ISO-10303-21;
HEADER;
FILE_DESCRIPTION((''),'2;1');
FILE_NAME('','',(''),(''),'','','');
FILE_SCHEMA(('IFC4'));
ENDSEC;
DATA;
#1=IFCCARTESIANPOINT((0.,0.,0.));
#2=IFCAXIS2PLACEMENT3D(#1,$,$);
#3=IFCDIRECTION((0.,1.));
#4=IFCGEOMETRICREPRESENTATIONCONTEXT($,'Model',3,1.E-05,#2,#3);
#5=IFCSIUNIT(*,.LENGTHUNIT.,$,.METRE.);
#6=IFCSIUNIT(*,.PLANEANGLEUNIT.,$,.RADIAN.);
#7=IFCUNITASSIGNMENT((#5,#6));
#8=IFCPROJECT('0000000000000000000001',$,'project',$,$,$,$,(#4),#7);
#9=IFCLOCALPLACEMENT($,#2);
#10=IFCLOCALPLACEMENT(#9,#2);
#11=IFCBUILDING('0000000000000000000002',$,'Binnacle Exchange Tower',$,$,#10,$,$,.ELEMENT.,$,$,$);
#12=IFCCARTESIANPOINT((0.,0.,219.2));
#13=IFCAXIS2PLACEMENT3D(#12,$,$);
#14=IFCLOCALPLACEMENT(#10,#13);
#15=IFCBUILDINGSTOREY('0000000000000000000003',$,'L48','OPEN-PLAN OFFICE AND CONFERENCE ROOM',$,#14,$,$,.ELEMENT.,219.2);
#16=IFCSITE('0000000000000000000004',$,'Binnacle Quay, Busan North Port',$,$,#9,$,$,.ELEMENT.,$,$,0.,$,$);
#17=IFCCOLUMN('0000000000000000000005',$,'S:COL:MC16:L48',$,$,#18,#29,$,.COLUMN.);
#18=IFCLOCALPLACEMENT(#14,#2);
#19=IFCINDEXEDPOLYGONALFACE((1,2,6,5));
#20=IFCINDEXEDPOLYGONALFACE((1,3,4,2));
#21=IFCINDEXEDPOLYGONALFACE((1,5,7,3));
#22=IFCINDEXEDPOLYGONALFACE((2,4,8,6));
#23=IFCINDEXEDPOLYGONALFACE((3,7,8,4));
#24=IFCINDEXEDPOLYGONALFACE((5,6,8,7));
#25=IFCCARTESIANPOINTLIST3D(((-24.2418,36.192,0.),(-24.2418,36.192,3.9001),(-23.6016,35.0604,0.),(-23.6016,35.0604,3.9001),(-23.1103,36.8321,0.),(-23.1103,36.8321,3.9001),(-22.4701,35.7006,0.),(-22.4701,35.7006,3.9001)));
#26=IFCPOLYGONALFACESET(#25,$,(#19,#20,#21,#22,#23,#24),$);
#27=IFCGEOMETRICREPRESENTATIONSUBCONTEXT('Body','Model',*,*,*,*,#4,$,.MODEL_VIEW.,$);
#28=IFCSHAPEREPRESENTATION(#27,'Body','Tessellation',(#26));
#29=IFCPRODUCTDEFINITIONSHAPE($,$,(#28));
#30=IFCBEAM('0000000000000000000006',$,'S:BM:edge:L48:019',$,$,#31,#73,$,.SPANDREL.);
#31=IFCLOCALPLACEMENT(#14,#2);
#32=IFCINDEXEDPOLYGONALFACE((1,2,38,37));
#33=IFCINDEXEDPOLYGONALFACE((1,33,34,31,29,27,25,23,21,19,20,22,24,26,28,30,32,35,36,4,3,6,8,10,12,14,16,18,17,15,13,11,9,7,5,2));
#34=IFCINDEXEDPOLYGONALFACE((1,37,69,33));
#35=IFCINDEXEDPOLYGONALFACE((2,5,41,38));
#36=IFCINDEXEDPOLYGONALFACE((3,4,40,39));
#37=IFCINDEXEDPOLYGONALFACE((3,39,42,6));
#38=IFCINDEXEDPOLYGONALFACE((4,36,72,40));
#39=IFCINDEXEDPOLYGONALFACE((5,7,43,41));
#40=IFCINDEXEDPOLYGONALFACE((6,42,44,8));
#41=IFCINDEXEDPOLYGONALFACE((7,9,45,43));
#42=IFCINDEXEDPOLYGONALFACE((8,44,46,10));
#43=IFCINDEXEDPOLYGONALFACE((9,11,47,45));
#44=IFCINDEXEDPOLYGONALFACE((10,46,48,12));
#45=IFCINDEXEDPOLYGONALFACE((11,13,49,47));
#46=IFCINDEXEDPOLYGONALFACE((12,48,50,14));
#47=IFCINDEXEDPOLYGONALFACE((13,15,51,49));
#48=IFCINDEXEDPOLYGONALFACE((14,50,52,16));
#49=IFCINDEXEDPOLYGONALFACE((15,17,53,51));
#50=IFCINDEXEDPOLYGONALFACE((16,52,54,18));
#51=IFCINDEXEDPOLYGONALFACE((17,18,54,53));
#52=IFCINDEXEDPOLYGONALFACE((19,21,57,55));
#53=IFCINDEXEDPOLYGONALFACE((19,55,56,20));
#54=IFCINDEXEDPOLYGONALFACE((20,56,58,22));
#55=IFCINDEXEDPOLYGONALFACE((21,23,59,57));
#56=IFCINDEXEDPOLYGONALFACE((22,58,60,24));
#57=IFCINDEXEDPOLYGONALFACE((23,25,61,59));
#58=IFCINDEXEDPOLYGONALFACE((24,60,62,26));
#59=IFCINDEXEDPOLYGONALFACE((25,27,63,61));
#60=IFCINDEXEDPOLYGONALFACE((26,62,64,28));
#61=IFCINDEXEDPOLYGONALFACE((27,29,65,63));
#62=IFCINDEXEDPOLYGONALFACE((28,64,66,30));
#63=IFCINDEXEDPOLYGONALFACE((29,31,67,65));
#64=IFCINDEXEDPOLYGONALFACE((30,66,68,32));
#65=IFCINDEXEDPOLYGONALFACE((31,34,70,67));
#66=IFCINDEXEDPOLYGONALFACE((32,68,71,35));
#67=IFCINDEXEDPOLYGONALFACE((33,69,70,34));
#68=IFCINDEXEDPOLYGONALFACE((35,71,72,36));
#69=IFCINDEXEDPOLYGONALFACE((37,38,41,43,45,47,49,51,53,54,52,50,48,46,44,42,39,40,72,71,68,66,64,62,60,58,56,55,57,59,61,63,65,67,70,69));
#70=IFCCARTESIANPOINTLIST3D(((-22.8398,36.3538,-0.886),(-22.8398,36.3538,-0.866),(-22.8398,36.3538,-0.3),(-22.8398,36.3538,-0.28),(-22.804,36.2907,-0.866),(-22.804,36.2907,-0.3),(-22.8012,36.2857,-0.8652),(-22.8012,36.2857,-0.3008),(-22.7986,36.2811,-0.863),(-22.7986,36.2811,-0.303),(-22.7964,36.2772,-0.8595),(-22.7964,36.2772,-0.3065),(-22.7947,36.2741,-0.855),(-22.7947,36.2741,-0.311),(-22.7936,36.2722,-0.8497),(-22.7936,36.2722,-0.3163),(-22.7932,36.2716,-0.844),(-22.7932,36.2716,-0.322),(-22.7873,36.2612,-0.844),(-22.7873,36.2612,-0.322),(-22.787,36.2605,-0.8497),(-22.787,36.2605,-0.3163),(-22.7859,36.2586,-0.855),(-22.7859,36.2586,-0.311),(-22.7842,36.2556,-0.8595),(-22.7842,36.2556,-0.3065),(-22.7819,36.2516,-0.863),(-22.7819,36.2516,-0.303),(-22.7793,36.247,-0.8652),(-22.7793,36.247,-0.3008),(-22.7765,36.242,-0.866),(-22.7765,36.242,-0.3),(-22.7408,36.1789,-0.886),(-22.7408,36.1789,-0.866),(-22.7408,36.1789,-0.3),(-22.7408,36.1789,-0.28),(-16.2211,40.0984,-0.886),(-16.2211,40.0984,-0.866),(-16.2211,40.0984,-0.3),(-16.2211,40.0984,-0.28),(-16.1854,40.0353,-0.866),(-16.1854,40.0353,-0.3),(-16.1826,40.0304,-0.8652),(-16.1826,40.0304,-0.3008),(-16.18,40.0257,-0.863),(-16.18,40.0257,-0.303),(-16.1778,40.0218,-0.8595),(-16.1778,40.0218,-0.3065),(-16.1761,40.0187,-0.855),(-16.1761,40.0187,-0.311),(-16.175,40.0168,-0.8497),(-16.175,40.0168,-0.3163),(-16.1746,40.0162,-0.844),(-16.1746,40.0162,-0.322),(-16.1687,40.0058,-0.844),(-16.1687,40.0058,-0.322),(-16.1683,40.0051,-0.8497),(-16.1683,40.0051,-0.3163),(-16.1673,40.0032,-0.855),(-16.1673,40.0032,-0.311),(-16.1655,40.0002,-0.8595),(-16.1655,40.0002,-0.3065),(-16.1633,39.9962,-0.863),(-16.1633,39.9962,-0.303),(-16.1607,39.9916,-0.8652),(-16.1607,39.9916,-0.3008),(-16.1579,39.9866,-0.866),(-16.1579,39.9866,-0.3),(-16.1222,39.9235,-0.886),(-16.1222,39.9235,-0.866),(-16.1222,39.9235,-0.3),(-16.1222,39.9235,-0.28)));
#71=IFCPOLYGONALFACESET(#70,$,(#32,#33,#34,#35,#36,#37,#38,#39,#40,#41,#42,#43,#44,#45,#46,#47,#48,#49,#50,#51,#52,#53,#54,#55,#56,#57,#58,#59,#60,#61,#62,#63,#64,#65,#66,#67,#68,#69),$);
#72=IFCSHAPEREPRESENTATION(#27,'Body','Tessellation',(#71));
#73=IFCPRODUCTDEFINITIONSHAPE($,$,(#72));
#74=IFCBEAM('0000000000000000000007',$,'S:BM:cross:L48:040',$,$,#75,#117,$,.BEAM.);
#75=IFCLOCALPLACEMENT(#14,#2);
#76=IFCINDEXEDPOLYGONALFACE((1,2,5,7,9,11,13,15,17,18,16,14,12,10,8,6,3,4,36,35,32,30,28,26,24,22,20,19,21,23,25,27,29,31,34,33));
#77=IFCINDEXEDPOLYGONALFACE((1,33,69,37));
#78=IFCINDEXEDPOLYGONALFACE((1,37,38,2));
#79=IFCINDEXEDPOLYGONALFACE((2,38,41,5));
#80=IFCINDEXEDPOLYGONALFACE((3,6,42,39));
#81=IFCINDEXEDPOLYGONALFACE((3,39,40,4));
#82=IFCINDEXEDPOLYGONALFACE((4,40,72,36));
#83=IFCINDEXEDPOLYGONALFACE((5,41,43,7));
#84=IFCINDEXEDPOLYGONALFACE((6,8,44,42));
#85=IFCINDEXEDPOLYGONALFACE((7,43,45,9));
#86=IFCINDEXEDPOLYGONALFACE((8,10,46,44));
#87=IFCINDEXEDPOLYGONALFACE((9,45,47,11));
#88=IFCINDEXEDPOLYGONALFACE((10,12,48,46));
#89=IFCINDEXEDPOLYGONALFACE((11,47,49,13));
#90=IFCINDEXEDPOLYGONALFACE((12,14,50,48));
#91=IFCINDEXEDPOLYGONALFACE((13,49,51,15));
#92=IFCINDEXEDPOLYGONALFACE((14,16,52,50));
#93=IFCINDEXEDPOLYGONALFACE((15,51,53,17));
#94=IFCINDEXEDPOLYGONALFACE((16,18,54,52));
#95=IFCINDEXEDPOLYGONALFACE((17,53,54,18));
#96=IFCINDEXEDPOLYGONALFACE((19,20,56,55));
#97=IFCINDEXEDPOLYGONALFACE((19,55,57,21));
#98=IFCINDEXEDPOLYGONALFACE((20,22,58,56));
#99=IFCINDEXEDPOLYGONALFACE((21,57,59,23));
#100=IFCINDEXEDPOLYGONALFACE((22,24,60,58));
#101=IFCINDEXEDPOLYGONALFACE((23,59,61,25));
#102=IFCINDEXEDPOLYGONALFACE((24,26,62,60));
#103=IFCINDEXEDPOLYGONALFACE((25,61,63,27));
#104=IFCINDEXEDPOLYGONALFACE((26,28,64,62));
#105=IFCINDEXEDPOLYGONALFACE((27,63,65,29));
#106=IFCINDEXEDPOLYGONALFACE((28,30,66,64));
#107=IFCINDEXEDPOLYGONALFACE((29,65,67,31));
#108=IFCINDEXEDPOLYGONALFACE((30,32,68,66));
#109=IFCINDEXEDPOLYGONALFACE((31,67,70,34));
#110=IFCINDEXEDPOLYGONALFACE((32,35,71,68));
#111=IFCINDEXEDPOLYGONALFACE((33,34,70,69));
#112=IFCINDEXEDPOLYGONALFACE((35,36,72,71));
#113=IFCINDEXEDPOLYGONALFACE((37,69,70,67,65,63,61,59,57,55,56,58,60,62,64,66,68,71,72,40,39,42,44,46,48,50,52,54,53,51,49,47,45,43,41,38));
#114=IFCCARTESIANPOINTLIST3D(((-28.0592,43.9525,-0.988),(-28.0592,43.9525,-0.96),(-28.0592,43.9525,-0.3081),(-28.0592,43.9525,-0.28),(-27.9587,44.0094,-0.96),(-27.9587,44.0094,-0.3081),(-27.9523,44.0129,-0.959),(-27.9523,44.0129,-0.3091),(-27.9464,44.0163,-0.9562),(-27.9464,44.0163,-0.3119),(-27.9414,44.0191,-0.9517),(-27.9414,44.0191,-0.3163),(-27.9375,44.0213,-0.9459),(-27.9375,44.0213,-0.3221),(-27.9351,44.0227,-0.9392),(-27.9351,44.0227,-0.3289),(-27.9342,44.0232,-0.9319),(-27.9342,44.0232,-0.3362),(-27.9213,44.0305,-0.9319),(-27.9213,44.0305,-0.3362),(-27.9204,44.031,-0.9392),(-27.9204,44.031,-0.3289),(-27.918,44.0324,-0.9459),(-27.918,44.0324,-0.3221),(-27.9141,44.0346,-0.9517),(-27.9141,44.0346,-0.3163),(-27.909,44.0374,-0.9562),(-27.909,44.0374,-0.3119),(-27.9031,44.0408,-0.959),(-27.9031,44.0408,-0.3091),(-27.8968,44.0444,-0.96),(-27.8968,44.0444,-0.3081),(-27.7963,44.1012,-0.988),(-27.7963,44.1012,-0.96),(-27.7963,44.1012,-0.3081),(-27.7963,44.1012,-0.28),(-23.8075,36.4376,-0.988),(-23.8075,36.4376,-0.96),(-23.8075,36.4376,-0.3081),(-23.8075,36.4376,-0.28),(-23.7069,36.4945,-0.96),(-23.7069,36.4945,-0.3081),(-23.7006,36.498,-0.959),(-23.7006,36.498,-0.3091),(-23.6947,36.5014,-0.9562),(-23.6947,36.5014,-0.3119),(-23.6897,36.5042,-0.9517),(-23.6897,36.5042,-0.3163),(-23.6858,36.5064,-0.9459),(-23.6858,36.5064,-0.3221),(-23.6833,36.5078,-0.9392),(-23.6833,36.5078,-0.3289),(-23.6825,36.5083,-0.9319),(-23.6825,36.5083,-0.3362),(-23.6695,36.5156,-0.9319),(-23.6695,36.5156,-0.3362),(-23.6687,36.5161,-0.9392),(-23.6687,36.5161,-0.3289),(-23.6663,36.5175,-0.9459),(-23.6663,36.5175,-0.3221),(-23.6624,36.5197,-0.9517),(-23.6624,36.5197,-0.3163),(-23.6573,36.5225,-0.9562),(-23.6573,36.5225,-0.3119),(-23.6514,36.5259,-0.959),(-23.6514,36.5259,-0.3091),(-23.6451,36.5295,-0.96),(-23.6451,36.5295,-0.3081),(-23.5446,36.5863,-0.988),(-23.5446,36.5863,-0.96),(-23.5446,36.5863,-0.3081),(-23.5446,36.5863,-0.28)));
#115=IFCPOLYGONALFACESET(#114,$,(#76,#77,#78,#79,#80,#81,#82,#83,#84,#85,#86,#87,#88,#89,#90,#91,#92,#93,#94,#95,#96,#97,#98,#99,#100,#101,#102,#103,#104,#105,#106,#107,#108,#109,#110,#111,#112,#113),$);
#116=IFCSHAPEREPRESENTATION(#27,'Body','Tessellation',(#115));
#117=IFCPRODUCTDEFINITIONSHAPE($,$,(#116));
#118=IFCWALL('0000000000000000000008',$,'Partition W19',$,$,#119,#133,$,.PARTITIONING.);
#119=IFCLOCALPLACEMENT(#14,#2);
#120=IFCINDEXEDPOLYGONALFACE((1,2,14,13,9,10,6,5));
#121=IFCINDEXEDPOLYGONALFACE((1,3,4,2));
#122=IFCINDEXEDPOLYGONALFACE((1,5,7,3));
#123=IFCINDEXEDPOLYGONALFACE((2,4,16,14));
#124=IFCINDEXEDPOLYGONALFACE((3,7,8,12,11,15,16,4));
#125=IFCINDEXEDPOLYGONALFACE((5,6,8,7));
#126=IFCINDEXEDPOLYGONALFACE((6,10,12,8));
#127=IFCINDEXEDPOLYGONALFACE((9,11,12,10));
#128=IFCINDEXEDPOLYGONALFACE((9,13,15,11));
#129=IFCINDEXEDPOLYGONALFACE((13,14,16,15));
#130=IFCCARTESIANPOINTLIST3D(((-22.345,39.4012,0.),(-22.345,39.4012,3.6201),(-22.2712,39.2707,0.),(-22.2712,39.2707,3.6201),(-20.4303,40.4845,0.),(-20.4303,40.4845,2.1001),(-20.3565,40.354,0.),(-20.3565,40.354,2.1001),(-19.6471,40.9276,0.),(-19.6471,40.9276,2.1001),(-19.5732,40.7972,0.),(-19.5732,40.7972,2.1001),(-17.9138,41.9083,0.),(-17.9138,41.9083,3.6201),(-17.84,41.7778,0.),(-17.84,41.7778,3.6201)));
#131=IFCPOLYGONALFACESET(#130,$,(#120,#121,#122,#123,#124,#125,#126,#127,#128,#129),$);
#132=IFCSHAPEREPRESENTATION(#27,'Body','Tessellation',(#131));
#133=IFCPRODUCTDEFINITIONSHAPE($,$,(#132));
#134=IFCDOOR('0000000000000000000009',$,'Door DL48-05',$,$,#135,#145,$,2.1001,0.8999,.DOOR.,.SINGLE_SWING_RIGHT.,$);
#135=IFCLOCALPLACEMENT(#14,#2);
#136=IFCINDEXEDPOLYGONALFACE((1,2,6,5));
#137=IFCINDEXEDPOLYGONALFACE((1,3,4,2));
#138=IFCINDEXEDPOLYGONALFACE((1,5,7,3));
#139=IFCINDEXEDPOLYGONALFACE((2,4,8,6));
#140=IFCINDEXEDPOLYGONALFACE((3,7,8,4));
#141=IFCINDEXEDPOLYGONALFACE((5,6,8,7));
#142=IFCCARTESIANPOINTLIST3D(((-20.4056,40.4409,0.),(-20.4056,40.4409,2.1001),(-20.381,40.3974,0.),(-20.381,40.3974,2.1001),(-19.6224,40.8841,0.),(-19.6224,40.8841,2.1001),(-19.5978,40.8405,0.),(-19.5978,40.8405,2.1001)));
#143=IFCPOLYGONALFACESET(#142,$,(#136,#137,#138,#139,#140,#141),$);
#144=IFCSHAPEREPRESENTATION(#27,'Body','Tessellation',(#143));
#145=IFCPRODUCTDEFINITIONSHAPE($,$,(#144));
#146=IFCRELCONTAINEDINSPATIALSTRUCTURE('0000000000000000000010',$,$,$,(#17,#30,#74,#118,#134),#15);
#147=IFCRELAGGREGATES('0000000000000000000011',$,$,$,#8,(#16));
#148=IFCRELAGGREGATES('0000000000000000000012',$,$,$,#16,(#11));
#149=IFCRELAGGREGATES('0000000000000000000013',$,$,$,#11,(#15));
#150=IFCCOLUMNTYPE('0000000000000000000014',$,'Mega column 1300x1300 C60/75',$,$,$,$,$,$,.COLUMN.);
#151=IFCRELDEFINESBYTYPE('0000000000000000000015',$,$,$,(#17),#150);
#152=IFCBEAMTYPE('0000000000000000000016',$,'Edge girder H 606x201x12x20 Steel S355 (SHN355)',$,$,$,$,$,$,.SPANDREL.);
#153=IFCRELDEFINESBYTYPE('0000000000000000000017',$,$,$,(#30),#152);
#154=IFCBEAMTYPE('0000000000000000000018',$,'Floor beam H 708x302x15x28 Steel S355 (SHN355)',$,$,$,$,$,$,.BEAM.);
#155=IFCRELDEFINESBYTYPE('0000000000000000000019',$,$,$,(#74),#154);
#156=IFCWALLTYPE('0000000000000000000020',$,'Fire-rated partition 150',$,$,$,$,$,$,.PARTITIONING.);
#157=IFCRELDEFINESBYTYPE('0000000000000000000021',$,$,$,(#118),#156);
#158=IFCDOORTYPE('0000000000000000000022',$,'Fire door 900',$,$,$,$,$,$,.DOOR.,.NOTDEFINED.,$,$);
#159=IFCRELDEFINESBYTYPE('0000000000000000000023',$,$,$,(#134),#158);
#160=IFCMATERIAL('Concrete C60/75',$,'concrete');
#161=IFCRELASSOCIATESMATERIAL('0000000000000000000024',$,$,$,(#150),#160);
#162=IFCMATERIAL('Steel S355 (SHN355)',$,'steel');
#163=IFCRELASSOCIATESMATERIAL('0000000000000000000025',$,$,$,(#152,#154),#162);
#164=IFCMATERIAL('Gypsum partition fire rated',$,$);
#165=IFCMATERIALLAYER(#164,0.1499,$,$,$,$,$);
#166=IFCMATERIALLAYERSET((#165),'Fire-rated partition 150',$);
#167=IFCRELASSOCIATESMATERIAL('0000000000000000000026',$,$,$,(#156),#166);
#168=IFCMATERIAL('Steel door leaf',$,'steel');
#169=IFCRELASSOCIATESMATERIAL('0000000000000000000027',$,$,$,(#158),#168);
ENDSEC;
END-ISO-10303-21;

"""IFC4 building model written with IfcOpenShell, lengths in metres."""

from ifc_helpers import new_model, si_unit, direction, frame, frame_2d, origin, origin_2d, place, context, subcontext, project, spatial, rectangle, i_section, extrude, material, layer, layer_set, material_profile, profile_set, type_object, element, fill, save


model = new_model("IFC4")

# Units and contexts
model_context = context("Model", 3, precision=1e-05, world=origin(), true_north=direction((0.0, 1.0)))
body_context = subcontext(model_context, "Body", "Model", "MODEL_VIEW")
ifc_project = project(units=[si_unit("LENGTHUNIT", "METRE"), si_unit("PLANEANGLEUNIT", "RADIAN")], contexts=[model_context])

# Site, building, storey
site_placement = place(None, origin())
site = spatial("IfcSite", under=ifc_project, at=site_placement, Name="Binnacle Quay, Busan North Port", CompositionType="ELEMENT", RefElevation=0.0)
building_placement = place(site_placement, origin())
building = spatial("IfcBuilding", under=site, at=building_placement, Name="Binnacle Exchange Tower", CompositionType="ELEMENT")
storey_placement = place(building_placement, frame((0.0, 0.0, 219.2)))
storey = spatial("IfcBuildingStorey", under=building, at=storey_placement, Name="L48", Description="OPEN-PLAN OFFICE AND CONFERENCE ROOM", CompositionType="ELEMENT", Elevation=219.2)

# Column
ifc_material_1 = material(Name="Concrete C60/75", Category="concrete")
ifc_material_profile_1 = material_profile(ifc_material_1, rectangle(XDim=1.3, YDim=1.3, at=origin_2d()), Name="Mega column 1300x1300 C60/75")
ifc_profile_set_1 = profile_set([ifc_material_profile_1], Name="Concrete C60/75")
column_type = type_object("IfcColumnType", Name="Mega column 1300x1300 C60/75", PredefinedType="COLUMN", material=ifc_profile_set_1)
column_placement = place(storey_placement, frame((-23.356, 35.9463, 0.0), z_axis=(0.0, 0.0, 1.0), x_axis=(0.870356, 0.492424, 0.0)))
element("IfcColumn", 1, at=column_placement, inside=storey, type_object=column_type, Name="S:COL:MC16:L48", PredefinedType="COLUMN", context=body_context, shape_type="SweptSolid", body=[
    extrude(rectangle(XDim=1.3, YDim=1.3, at=origin_2d()), origin(), (0.0, 0.0, 1.0), 3.9001),
])

# Beams
ifc_material_2 = material(Name="Steel S355 (SHN355)", Category="steel")
ifc_material_profile_2 = material_profile(ifc_material_2, i_section(OverallWidth=0.2009, OverallDepth=0.606, WebThickness=0.012, FlangeThickness=0.02, FilletRadius=0.022, at=origin_2d()), Name="H 606x201x12x20")
ifc_profile_set_2 = profile_set([ifc_material_profile_2], Name="Steel S355 (SHN355)")
beam_type_1 = type_object("IfcBeamType", Name="Edge girder H 606x201x12x20 Steel S355 (SHN355)", PredefinedType="SPANDREL", material=ifc_profile_set_2)
beam_1_placement = place(storey_placement, frame((-22.7903, 36.2664, -0.583), z_axis=(0.870357, 0.492421, 0.0), x_axis=(-0.492421, 0.870357, 0.0)))
element("IfcBeam", 2, at=beam_1_placement, inside=storey, type_object=beam_type_1, Name="S:BM:edge:L48:019", PredefinedType="SPANDREL", context=body_context, shape_type="SweptSolid", body=[
    extrude(i_section(OverallWidth=0.2009, OverallDepth=0.606, WebThickness=0.012, FlangeThickness=0.02, FilletRadius=0.022, at=origin_2d()), origin(), (0.0, 0.0, 1.0), 7.6045),
])
ifc_material_profile_3 = material_profile(ifc_material_2, i_section(OverallWidth=0.302, OverallDepth=0.708, WebThickness=0.0149, FlangeThickness=0.0281, FilletRadius=0.0281, at=origin_2d()), Name="H 708x302x15x28")
ifc_profile_set_3 = profile_set([ifc_material_profile_3], Name="Steel S355 (SHN355)")
beam_type_2 = type_object("IfcBeamType", Name="Floor beam H 708x302x15x28 Steel S355 (SHN355)", PredefinedType="BEAM", material=ifc_profile_set_3)
beam_2_placement = place(storey_placement, frame((-23.676, 36.512, -0.634), z_axis=(-0.492422, 0.870356, 0.0), x_axis=(-0.870356, -0.492422, 0.0)))
element("IfcBeam", 3, at=beam_2_placement, inside=storey, type_object=beam_type_2, Name="S:BM:cross:L48:040", PredefinedType="BEAM", context=body_context, shape_type="SweptSolid", body=[
    extrude(i_section(OverallWidth=0.302, OverallDepth=0.708, WebThickness=0.0149, FlangeThickness=0.0281, FilletRadius=0.0281, at=origin_2d()), origin(), (0.0, 0.0, 1.0), 8.6343),
])

# Wall, opening, door
ifc_material_3 = material(Name="Gypsum partition fire rated")
ifc_layer_1 = layer(ifc_material_3, 0.1499)
ifc_layer_set_1 = layer_set([ifc_layer_1], Name="Fire-rated partition 150")
wall_type = type_object("IfcWallType", Name="Fire-rated partition 150", PredefinedType="PARTITIONING", material=ifc_layer_set_1)
wall_placement = place(storey_placement, frame((-22.3081, 39.3359, 0.0), z_axis=(0.0, 0.0, 1.0), x_axis=(0.870351, 0.492432, 0.0)))
wall = element("IfcWall", 4, at=wall_placement, inside=storey, type_object=wall_type, Name="Partition W19", PredefinedType="PARTITIONING", context=body_context, shape_type="SweptSolid", body=[
    extrude(rectangle(XDim=5.0913, YDim=0.1499, at=frame_2d((2.5457, 0.0))), origin(), (0.0, 0.0, 1.0), 3.6201),
])
opening_placement = place(wall_placement, frame((2.2, 0.0, 0.0)))
opening = element("IfcOpeningElement", 5, at=opening_placement, cuts=wall, PredefinedType="OPENING", context=body_context, shape_type="SweptSolid", body=[
    extrude(rectangle(XDim=0.8999, YDim=2.1001, at=frame_2d((0.45, 1.05))), frame((0.0, 0.085, 0.0), z_axis=(0.0, -1.0, 0.0), x_axis=(1.0, 0.0, 0.0)), (0.0, 0.0, 1.0), 0.1699),
])
ifc_material_4 = material(Name="Steel door leaf", Category="steel")
door_type = type_object("IfcDoorType", Name="Fire door 900", OperationType="NOTDEFINED", PredefinedType="DOOR", material=ifc_material_4)
door_placement = place(opening_placement, origin())
door = element("IfcDoor", 6, at=door_placement, inside=storey, type_object=door_type, Name="Door DL48-05", OperationType="SINGLE_SWING_RIGHT", OverallHeight=2.1001, OverallWidth=0.8999, PredefinedType="DOOR", context=body_context, shape_type="SweptSolid", body=[
    extrude(rectangle(XDim=0.8999, YDim=2.1001, at=frame_2d((0.45, 1.05))), frame((0.0, 0.0249, 0.0), z_axis=(0.0, -1.0, 0.0), x_axis=(1.0, 0.0, 0.0)), (0.0, 0.0, 1.0), 0.05),
])
fill(opening, door)

save(model, "model.ifc")
